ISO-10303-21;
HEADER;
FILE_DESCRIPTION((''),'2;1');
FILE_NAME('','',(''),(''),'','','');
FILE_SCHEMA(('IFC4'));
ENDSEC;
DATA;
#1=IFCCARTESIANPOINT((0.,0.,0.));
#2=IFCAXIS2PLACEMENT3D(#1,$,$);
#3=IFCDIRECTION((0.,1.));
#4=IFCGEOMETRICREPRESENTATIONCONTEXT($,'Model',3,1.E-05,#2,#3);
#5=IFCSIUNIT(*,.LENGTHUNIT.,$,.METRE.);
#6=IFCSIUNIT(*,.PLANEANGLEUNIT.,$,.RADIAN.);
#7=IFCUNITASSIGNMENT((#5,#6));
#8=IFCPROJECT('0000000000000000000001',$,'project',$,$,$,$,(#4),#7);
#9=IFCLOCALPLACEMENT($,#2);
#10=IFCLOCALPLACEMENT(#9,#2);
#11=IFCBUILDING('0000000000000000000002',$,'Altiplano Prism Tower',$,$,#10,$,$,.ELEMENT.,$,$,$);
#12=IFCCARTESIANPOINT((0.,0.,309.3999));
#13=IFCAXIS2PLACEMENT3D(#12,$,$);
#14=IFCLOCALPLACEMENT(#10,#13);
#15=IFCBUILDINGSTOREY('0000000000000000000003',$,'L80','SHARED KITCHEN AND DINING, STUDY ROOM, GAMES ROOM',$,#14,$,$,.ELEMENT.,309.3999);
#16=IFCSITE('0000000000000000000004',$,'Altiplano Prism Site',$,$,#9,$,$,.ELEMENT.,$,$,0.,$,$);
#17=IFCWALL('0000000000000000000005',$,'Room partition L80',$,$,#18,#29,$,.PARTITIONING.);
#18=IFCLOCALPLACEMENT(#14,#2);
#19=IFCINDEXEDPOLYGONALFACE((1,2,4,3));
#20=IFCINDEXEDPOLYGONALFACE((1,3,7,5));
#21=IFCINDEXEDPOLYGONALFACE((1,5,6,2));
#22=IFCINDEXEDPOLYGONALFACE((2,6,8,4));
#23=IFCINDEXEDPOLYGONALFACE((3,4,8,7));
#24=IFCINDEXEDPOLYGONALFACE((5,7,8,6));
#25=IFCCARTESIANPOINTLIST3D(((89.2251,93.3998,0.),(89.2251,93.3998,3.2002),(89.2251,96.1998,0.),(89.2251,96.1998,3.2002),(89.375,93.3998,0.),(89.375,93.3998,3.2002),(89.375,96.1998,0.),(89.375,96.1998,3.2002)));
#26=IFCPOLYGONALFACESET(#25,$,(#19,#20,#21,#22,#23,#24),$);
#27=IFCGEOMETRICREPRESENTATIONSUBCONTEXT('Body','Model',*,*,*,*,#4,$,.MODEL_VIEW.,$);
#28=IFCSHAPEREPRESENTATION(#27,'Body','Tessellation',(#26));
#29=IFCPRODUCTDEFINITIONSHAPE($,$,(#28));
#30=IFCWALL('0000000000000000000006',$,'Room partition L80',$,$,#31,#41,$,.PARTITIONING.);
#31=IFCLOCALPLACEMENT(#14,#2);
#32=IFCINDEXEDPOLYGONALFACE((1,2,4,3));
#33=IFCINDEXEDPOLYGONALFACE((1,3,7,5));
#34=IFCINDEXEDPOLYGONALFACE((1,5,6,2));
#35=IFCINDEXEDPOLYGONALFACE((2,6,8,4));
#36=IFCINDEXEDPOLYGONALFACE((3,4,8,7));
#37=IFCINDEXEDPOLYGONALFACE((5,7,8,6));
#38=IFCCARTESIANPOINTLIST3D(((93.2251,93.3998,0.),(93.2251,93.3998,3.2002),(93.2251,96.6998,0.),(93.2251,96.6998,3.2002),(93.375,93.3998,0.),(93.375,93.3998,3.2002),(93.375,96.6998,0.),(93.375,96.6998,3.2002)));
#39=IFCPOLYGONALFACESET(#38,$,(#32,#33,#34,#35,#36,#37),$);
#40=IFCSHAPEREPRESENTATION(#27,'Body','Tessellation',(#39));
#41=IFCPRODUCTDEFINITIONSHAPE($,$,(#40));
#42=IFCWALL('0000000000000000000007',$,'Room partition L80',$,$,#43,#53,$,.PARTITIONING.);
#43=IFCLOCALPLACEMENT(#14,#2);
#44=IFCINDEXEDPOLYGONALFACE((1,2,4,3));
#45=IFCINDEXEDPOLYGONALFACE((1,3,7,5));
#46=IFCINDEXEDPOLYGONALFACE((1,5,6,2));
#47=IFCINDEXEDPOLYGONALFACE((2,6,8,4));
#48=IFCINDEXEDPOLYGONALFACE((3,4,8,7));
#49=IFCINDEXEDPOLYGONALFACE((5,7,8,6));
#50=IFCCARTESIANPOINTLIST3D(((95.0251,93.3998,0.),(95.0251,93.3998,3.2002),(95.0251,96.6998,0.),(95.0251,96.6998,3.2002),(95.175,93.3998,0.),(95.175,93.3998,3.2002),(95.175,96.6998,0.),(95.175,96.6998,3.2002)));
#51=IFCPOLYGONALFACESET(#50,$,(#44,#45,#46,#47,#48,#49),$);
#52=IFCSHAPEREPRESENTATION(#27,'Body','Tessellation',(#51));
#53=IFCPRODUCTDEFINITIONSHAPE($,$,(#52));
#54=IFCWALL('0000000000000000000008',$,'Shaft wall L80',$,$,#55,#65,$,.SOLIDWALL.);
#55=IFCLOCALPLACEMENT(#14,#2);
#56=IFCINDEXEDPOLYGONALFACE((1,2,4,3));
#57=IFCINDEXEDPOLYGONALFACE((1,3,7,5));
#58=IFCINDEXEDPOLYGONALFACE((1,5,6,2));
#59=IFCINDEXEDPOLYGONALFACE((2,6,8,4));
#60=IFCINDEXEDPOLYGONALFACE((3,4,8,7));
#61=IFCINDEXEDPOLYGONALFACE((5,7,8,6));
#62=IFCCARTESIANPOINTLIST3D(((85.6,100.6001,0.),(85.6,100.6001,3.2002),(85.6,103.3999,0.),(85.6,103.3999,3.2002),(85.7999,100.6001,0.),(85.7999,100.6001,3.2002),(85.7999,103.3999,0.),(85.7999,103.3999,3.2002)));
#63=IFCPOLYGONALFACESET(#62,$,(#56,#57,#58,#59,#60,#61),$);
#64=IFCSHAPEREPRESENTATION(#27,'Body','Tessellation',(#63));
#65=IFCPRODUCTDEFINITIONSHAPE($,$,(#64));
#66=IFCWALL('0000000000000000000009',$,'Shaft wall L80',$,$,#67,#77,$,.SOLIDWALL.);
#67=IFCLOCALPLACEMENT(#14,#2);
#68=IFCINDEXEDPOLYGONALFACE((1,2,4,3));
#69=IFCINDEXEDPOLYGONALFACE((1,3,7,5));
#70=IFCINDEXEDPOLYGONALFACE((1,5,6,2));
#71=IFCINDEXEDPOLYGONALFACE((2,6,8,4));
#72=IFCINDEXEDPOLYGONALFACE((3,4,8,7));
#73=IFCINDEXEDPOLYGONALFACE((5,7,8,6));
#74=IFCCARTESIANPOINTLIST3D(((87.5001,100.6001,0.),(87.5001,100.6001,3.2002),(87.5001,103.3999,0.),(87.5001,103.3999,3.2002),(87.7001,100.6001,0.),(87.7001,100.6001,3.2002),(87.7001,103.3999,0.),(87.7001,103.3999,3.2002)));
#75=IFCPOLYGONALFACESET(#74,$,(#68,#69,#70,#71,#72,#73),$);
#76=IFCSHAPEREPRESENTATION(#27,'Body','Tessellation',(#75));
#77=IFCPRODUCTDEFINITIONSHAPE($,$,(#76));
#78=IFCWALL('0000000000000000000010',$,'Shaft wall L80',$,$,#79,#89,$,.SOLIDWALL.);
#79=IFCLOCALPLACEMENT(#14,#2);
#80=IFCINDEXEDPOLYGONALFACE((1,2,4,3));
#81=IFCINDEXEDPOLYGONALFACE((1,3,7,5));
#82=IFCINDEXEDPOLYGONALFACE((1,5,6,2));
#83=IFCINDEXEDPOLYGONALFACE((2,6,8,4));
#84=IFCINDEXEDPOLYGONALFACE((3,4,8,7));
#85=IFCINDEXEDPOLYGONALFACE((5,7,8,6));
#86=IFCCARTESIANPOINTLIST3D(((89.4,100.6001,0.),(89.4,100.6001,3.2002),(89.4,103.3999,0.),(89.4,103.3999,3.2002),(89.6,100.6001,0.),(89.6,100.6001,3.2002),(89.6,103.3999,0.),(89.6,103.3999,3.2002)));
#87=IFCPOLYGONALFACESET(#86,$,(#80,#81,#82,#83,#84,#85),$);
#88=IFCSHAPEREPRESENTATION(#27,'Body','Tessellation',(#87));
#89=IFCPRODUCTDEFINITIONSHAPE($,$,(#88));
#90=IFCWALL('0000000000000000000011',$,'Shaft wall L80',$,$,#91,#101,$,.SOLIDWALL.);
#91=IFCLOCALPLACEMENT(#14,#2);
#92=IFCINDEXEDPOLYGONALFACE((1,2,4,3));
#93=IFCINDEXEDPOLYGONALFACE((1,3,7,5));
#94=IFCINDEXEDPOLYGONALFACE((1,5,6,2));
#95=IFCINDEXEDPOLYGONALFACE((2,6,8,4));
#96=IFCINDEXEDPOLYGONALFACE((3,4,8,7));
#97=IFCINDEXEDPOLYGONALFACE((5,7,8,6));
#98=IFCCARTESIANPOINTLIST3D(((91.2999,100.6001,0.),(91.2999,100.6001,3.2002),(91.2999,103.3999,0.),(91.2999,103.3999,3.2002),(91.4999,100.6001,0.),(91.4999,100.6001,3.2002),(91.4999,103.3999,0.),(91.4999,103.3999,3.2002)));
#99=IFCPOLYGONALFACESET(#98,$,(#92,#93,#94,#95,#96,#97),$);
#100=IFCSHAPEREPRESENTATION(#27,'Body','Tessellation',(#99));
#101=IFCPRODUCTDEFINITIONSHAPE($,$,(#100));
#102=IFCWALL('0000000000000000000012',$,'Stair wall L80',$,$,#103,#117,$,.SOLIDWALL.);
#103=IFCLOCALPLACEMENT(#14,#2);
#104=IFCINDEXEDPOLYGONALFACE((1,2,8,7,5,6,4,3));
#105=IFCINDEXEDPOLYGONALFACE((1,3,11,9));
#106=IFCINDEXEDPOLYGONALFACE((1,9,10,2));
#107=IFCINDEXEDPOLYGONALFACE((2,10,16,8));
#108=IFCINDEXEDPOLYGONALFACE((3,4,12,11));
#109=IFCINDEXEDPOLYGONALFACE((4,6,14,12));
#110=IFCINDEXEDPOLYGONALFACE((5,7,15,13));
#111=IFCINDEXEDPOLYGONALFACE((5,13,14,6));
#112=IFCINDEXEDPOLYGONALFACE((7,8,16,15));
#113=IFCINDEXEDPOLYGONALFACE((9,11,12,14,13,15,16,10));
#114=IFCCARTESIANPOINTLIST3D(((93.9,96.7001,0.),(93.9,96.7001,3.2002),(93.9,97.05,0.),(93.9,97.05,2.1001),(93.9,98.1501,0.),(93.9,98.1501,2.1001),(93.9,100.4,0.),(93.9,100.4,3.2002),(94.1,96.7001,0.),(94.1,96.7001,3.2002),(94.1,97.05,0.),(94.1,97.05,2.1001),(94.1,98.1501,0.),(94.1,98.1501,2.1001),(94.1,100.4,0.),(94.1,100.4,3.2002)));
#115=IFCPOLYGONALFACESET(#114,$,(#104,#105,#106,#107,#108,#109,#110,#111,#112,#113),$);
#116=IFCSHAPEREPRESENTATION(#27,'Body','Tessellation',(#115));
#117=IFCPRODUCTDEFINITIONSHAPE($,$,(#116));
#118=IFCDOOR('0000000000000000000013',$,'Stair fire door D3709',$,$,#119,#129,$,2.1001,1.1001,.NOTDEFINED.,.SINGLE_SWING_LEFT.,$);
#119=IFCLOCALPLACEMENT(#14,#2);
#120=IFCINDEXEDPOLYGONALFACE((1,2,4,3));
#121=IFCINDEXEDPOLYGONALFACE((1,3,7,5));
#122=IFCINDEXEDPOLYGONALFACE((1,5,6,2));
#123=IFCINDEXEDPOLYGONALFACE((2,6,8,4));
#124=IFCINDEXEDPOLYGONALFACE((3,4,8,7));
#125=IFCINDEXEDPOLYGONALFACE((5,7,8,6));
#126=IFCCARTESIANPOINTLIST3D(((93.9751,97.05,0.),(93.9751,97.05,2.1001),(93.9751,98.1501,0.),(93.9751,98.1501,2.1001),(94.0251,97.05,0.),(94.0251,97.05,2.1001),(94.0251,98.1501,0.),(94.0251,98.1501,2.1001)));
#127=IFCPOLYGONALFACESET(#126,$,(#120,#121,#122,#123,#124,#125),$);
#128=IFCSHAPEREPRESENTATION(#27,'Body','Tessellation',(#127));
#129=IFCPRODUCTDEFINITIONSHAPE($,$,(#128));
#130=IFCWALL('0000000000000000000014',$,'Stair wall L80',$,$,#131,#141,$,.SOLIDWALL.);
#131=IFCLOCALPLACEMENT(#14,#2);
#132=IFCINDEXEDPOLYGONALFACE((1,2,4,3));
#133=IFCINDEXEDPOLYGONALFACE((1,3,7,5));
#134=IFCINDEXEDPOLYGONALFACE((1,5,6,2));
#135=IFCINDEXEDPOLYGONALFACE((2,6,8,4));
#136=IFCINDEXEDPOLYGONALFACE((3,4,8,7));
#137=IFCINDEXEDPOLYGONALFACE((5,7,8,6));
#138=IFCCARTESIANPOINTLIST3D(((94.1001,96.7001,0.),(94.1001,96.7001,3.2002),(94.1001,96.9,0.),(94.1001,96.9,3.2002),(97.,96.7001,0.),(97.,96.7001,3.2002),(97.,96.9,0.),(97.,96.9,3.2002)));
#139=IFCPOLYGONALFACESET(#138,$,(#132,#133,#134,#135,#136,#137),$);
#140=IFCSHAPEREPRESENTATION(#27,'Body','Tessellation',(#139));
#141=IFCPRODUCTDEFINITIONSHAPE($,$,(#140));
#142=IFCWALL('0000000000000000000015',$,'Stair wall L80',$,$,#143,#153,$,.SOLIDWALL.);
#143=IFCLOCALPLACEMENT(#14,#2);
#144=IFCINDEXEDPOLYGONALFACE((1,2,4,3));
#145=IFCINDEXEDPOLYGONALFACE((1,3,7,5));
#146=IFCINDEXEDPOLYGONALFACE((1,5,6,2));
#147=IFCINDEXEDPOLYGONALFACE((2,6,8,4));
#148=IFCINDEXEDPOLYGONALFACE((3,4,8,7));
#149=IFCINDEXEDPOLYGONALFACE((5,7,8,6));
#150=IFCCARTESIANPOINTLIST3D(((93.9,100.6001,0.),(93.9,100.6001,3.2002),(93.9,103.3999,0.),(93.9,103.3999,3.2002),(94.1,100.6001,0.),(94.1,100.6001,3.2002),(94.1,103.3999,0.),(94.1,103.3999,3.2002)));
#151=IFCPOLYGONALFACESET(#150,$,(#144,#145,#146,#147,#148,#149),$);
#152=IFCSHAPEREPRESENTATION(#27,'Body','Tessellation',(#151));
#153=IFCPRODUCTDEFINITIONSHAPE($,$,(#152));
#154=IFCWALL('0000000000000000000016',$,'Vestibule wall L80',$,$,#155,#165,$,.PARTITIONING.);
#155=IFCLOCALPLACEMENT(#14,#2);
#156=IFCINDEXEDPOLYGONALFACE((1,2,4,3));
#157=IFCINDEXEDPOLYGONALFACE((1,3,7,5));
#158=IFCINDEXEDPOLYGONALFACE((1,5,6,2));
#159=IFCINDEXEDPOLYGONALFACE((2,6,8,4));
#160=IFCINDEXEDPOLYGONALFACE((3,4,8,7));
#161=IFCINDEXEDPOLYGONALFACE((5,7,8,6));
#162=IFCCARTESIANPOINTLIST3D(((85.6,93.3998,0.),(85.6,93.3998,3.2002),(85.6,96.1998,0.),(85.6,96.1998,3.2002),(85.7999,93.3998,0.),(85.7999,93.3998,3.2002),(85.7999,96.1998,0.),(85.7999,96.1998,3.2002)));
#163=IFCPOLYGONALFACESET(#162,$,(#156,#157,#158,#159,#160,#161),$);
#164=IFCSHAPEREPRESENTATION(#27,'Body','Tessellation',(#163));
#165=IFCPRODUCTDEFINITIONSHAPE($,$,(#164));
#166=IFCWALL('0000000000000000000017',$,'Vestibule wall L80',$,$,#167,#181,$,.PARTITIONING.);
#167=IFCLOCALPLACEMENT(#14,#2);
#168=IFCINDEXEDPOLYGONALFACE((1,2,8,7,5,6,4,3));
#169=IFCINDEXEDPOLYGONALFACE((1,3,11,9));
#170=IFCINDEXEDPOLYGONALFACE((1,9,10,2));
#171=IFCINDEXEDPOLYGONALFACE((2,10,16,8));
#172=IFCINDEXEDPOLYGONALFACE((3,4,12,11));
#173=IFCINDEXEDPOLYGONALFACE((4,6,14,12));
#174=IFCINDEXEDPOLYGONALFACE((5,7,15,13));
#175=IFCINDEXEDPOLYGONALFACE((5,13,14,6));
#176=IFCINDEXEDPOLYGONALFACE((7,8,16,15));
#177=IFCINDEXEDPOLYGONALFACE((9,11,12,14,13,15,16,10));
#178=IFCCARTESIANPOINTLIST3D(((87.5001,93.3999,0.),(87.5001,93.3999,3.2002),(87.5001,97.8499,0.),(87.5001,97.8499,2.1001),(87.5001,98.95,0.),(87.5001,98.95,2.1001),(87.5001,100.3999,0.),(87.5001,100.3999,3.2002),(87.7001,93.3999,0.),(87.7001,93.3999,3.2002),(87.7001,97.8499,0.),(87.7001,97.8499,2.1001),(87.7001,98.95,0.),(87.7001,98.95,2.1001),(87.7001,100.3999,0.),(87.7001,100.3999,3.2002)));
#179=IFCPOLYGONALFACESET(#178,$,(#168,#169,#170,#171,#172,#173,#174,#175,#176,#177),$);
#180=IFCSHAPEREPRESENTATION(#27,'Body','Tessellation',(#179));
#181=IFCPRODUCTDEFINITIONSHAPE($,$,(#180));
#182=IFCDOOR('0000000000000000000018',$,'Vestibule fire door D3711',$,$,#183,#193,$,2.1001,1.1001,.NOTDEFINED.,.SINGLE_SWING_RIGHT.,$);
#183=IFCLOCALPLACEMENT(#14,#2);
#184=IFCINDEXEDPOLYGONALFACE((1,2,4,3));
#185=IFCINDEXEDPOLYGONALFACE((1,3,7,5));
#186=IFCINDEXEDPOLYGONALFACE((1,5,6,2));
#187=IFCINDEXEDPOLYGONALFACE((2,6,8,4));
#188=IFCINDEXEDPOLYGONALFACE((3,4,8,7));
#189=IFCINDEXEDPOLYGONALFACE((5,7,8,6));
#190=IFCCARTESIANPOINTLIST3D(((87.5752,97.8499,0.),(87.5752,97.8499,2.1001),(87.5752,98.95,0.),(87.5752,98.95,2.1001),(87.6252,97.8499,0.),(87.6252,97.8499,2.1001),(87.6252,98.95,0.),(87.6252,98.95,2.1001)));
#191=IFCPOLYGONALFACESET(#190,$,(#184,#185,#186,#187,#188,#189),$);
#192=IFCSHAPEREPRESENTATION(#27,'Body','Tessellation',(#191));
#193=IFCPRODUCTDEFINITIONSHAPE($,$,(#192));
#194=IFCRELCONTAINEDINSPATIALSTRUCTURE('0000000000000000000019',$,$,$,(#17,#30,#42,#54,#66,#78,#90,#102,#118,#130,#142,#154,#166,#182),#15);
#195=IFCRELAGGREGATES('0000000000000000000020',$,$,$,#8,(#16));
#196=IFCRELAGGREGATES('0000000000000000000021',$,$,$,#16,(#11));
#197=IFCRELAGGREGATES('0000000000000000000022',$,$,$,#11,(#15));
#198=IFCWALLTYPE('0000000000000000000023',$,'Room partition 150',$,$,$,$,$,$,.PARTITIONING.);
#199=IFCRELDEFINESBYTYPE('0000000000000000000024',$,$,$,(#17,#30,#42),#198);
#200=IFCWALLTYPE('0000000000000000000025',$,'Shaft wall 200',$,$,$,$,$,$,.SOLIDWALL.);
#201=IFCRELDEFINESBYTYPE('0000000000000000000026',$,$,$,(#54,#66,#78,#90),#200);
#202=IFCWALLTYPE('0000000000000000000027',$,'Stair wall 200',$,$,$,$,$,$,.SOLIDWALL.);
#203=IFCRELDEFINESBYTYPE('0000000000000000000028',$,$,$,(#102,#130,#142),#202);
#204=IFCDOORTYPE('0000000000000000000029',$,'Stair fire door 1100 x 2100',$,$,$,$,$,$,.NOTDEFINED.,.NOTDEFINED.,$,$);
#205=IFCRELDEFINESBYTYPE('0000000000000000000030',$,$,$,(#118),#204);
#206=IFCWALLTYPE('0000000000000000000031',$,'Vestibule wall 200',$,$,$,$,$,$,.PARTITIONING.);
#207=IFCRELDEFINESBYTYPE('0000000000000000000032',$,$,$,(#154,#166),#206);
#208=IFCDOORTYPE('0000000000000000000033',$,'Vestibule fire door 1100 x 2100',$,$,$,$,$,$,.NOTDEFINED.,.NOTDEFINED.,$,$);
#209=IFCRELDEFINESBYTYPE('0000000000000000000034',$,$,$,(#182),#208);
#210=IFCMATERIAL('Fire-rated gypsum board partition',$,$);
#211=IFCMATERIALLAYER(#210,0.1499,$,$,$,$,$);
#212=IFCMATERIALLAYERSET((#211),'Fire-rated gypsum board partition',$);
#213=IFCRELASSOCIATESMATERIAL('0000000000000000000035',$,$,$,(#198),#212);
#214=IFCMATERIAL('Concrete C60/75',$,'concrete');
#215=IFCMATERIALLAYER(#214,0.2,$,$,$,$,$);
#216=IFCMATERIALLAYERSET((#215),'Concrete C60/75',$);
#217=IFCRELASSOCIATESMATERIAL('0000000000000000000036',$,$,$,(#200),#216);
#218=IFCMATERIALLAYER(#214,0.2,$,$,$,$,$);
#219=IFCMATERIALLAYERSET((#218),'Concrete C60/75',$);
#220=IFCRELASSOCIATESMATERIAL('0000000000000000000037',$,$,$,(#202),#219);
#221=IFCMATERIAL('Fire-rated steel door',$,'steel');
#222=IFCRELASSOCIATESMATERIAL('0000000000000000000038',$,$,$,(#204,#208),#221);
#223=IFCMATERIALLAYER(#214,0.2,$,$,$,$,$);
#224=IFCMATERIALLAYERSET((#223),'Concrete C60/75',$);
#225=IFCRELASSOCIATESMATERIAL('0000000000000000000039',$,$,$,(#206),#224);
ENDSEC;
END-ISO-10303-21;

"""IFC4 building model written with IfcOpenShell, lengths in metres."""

from ifc_helpers import new_model, si_unit, direction, frame, frame_2d, origin, place, context, subcontext, project, spatial, rectangle, extrude, material, layer, layer_set, type_object, element, fill, save


model = new_model("IFC4")

# Units and contexts
model_context = context("Model", 3, precision=1e-05, world=origin(), true_north=direction((0.0, 1.0)))
body_context = subcontext(model_context, "Body", "Model", "MODEL_VIEW")
ifc_project = project(units=[si_unit("LENGTHUNIT", "METRE"), si_unit("PLANEANGLEUNIT", "RADIAN")], contexts=[model_context])

# Site, building, storey
site_placement = place(None, origin())
site = spatial("IfcSite", under=ifc_project, at=site_placement, Name="Altiplano Prism Site", CompositionType="ELEMENT", RefElevation=0.0)
building_placement = place(site_placement, origin())
building = spatial("IfcBuilding", under=site, at=building_placement, Name="Altiplano Prism Tower", CompositionType="ELEMENT")
storey_placement = place(building_placement, frame((0.0, 0.0, 309.3999)))
storey = spatial("IfcBuildingStorey", under=building, at=storey_placement, Name="L80", Description="SHARED KITCHEN AND DINING, STUDY ROOM, GAMES ROOM", CompositionType="ELEMENT", Elevation=309.3999)

# Walls
ifc_material_1 = material(Name="Fire-rated gypsum board partition")
ifc_layer_1 = layer(ifc_material_1, 0.1499)
ifc_layer_set_1 = layer_set([ifc_layer_1], Name="Fire-rated gypsum board partition")
wall_type_1 = type_object("IfcWallType", Name="Room partition 150", PredefinedType="PARTITIONING", material=ifc_layer_set_1)
wall_1_placement = place(storey_placement, frame((89.3, 93.3999, 0.0), z_axis=(0.0, 0.0, 1.0), x_axis=(0.0, 1.0, 0.0)))
element("IfcWall", 1, at=wall_1_placement, inside=storey, type_object=wall_type_1, Name="Room partition L80", PredefinedType="PARTITIONING", context=body_context, shape_type="SweptSolid", body=[
    extrude(rectangle(XDim=2.8, YDim=0.1499, at=frame_2d((1.3999, 0.0))), origin(), (0.0, 0.0, 1.0), 3.2002),
])
for number, where, z_axis, x_axis, name in (
    (2, (93.3, 93.3999, 0.0), (0.0, 0.0, 1.0), (0.0, 1.0, 0.0), "Room partition L80"),
    (3, (95.1001, 93.3999, 0.0), (0.0, 0.0, 1.0), (0.0, 1.0, 0.0), "Room partition L80"),
):
    element("IfcWall", number, at=place(storey_placement, frame(where, z_axis=z_axis, x_axis=x_axis)), inside=storey, type_object=wall_type_1, Name=name, PredefinedType="PARTITIONING", context=body_context, shape_type="SweptSolid", body=[
        extrude(rectangle(XDim=3.3, YDim=0.1499, at=frame_2d((1.6499, 0.0))), origin(), (0.0, 0.0, 1.0), 3.2002),
    ])
ifc_material_2 = material(Name="Concrete C60/75", Category="concrete")
ifc_layer_2 = layer(ifc_material_2, 0.2)
ifc_layer_set_2 = layer_set([ifc_layer_2], Name="Concrete C60/75")
wall_type_2 = type_object("IfcWallType", Name="Shaft wall 200", PredefinedType="SOLIDWALL", material=ifc_layer_set_2)
for number, where, z_axis, x_axis, name in (
    (4, (85.7, 100.6001, 0.0), (0.0, 0.0, 1.0), (0.0, 1.0, 0.0), "Shaft wall L80"),
    (5, (87.6001, 100.6001, 0.0), (0.0, 0.0, 1.0), (0.0, 1.0, 0.0), "Shaft wall L80"),
    (6, (89.5, 100.6001, 0.0), (0.0, 0.0, 1.0), (0.0, 1.0, 0.0), "Shaft wall L80"),
    (7, (91.3999, 100.6001, 0.0), (0.0, 0.0, 1.0), (0.0, 1.0, 0.0), "Shaft wall L80"),
):
    element("IfcWall", number, at=place(storey_placement, frame(where, z_axis=z_axis, x_axis=x_axis)), inside=storey, type_object=wall_type_2, Name=name, PredefinedType="SOLIDWALL", context=body_context, shape_type="SweptSolid", body=[
        extrude(rectangle(XDim=2.7998, YDim=0.2, at=frame_2d((1.3999, 0.0))), origin(), (0.0, 0.0, 1.0), 3.2002),
    ])

# Wall, opening, door
ifc_layer_3 = layer(ifc_material_2, 0.2)
ifc_layer_set_3 = layer_set([ifc_layer_3], Name="Concrete C60/75")
wall_type_3 = type_object("IfcWallType", Name="Stair wall 200", PredefinedType="SOLIDWALL", material=ifc_layer_set_3)
wall_2_placement = place(storey_placement, frame((94.0, 96.7, 0.0), z_axis=(0.0, 0.0, 1.0), x_axis=(0.0, 1.0, 0.0)))
wall_2 = element("IfcWall", 8, at=wall_2_placement, inside=storey, type_object=wall_type_3, Name="Stair wall L80", PredefinedType="SOLIDWALL", context=body_context, shape_type="SweptSolid", body=[
    extrude(rectangle(XDim=3.7, YDim=0.2, at=frame_2d((1.8501, 0.0))), origin(), (0.0, 0.0, 1.0), 3.2002),
])
opening_1_placement = place(wall_2_placement, frame((0.3501, 0.0, 0.0)))
opening_1 = element("IfcOpeningElement", 9, at=opening_1_placement, cuts=wall_2, PredefinedType="OPENING", context=body_context, shape_type="SweptSolid", body=[
    extrude(rectangle(XDim=1.1001, YDim=2.1001, at=frame_2d((0.55, 1.05))), frame((0.0, 0.1104, 0.0), z_axis=(0.0, -1.0, 0.0), x_axis=(1.0, 0.0, 0.0)), (0.0, 0.0, 1.0), 0.2209),
])
ifc_material_3 = material(Name="Fire-rated steel door", Category="steel")
door_type_1 = type_object("IfcDoorType", Name="Stair fire door 1100 x 2100", OperationType="NOTDEFINED", PredefinedType="NOTDEFINED", material=ifc_material_3)
door_1_placement = place(opening_1_placement, origin())
door_1 = element("IfcDoor", 10, at=door_1_placement, inside=storey, type_object=door_type_1, Name="Stair fire door D3709", OperationType="SINGLE_SWING_LEFT", OverallHeight=2.1001, OverallWidth=1.1001, PredefinedType="NOTDEFINED", context=body_context, shape_type="SweptSolid", body=[
    extrude(rectangle(XDim=1.1001, YDim=2.1001, at=frame_2d((0.55, 1.05))), frame((0.0, 0.0249, 0.0), z_axis=(0.0, -1.0, 0.0), x_axis=(1.0, 0.0, 0.0)), (0.0, 0.0, 1.0), 0.05),
])
fill(opening_1, door_1)

# Walls
wall_3_placement = place(storey_placement, frame((94.1001, 96.8, 0.0), z_axis=(0.0, 0.0, 1.0), x_axis=(1.0, 0.0, 0.0)))
element("IfcWall", 11, at=wall_3_placement, inside=storey, type_object=wall_type_3, Name="Stair wall L80", PredefinedType="SOLIDWALL", context=body_context, shape_type="SweptSolid", body=[
    extrude(rectangle(XDim=2.8999, YDim=0.2, at=frame_2d((1.45, 0.0))), origin(), (0.0, 0.0, 1.0), 3.2002),
])
wall_4_placement = place(storey_placement, frame((94.0, 100.6001, 0.0), z_axis=(0.0, 0.0, 1.0), x_axis=(0.0, 1.0, 0.0)))
element("IfcWall", 12, at=wall_4_placement, inside=storey, type_object=wall_type_3, Name="Stair wall L80", PredefinedType="SOLIDWALL", context=body_context, shape_type="SweptSolid", body=[
    extrude(rectangle(XDim=2.7998, YDim=0.2, at=frame_2d((1.3999, 0.0))), origin(), (0.0, 0.0, 1.0), 3.2002),
])
ifc_layer_4 = layer(ifc_material_2, 0.2)
ifc_layer_set_4 = layer_set([ifc_layer_4], Name="Concrete C60/75")
wall_type_4 = type_object("IfcWallType", Name="Vestibule wall 200", PredefinedType="PARTITIONING", material=ifc_layer_set_4)
wall_5_placement = place(storey_placement, frame((85.7, 93.3999, 0.0), z_axis=(0.0, 0.0, 1.0), x_axis=(0.0, 1.0, 0.0)))
element("IfcWall", 13, at=wall_5_placement, inside=storey, type_object=wall_type_4, Name="Vestibule wall L80", PredefinedType="PARTITIONING", context=body_context, shape_type="SweptSolid", body=[
    extrude(rectangle(XDim=2.8, YDim=0.2, at=frame_2d((1.3999, 0.0))), origin(), (0.0, 0.0, 1.0), 3.2002),
])

# Wall, opening, door
wall_6_placement = place(storey_placement, frame((87.6001, 93.3999, 0.0), z_axis=(0.0, 0.0, 1.0), x_axis=(0.0, 1.0, 0.0)))
wall_6 = element("IfcWall", 14, at=wall_6_placement, inside=storey, type_object=wall_type_4, Name="Vestibule wall L80", PredefinedType="PARTITIONING", context=body_context, shape_type="SweptSolid", body=[
    extrude(rectangle(XDim=7.0, YDim=0.2, at=frame_2d((3.5, 0.0))), origin(), (0.0, 0.0, 1.0), 3.2002),
])
opening_2_placement = place(wall_6_placement, frame((4.45, 0.0, 0.0)))
opening_2 = element("IfcOpeningElement", 15, at=opening_2_placement, cuts=wall_6, PredefinedType="OPENING", context=body_context, shape_type="SweptSolid", body=[
    extrude(rectangle(XDim=1.1001, YDim=2.1001, at=frame_2d((0.55, 1.05))), frame((0.0, 0.1104, 0.0), z_axis=(0.0, -1.0, 0.0), x_axis=(1.0, 0.0, 0.0)), (0.0, 0.0, 1.0), 0.2209),
])
door_type_2 = type_object("IfcDoorType", Name="Vestibule fire door 1100 x 2100", OperationType="NOTDEFINED", PredefinedType="NOTDEFINED", material=ifc_material_3)
door_2_placement = place(opening_2_placement, origin())
door_2 = element("IfcDoor", 16, at=door_2_placement, inside=storey, type_object=door_type_2, Name="Vestibule fire door D3711", OperationType="SINGLE_SWING_RIGHT", OverallHeight=2.1001, OverallWidth=1.1001, PredefinedType="NOTDEFINED", context=body_context, shape_type="SweptSolid", body=[
    extrude(rectangle(XDim=1.1001, YDim=2.1001, at=frame_2d((0.55, 1.05))), frame((0.0, 0.0249, 0.0), z_axis=(0.0, -1.0, 0.0), x_axis=(1.0, 0.0, 0.0)), (0.0, 0.0, 1.0), 0.05),
])
fill(opening_2, door_2)

save(model, "model.ifc")
